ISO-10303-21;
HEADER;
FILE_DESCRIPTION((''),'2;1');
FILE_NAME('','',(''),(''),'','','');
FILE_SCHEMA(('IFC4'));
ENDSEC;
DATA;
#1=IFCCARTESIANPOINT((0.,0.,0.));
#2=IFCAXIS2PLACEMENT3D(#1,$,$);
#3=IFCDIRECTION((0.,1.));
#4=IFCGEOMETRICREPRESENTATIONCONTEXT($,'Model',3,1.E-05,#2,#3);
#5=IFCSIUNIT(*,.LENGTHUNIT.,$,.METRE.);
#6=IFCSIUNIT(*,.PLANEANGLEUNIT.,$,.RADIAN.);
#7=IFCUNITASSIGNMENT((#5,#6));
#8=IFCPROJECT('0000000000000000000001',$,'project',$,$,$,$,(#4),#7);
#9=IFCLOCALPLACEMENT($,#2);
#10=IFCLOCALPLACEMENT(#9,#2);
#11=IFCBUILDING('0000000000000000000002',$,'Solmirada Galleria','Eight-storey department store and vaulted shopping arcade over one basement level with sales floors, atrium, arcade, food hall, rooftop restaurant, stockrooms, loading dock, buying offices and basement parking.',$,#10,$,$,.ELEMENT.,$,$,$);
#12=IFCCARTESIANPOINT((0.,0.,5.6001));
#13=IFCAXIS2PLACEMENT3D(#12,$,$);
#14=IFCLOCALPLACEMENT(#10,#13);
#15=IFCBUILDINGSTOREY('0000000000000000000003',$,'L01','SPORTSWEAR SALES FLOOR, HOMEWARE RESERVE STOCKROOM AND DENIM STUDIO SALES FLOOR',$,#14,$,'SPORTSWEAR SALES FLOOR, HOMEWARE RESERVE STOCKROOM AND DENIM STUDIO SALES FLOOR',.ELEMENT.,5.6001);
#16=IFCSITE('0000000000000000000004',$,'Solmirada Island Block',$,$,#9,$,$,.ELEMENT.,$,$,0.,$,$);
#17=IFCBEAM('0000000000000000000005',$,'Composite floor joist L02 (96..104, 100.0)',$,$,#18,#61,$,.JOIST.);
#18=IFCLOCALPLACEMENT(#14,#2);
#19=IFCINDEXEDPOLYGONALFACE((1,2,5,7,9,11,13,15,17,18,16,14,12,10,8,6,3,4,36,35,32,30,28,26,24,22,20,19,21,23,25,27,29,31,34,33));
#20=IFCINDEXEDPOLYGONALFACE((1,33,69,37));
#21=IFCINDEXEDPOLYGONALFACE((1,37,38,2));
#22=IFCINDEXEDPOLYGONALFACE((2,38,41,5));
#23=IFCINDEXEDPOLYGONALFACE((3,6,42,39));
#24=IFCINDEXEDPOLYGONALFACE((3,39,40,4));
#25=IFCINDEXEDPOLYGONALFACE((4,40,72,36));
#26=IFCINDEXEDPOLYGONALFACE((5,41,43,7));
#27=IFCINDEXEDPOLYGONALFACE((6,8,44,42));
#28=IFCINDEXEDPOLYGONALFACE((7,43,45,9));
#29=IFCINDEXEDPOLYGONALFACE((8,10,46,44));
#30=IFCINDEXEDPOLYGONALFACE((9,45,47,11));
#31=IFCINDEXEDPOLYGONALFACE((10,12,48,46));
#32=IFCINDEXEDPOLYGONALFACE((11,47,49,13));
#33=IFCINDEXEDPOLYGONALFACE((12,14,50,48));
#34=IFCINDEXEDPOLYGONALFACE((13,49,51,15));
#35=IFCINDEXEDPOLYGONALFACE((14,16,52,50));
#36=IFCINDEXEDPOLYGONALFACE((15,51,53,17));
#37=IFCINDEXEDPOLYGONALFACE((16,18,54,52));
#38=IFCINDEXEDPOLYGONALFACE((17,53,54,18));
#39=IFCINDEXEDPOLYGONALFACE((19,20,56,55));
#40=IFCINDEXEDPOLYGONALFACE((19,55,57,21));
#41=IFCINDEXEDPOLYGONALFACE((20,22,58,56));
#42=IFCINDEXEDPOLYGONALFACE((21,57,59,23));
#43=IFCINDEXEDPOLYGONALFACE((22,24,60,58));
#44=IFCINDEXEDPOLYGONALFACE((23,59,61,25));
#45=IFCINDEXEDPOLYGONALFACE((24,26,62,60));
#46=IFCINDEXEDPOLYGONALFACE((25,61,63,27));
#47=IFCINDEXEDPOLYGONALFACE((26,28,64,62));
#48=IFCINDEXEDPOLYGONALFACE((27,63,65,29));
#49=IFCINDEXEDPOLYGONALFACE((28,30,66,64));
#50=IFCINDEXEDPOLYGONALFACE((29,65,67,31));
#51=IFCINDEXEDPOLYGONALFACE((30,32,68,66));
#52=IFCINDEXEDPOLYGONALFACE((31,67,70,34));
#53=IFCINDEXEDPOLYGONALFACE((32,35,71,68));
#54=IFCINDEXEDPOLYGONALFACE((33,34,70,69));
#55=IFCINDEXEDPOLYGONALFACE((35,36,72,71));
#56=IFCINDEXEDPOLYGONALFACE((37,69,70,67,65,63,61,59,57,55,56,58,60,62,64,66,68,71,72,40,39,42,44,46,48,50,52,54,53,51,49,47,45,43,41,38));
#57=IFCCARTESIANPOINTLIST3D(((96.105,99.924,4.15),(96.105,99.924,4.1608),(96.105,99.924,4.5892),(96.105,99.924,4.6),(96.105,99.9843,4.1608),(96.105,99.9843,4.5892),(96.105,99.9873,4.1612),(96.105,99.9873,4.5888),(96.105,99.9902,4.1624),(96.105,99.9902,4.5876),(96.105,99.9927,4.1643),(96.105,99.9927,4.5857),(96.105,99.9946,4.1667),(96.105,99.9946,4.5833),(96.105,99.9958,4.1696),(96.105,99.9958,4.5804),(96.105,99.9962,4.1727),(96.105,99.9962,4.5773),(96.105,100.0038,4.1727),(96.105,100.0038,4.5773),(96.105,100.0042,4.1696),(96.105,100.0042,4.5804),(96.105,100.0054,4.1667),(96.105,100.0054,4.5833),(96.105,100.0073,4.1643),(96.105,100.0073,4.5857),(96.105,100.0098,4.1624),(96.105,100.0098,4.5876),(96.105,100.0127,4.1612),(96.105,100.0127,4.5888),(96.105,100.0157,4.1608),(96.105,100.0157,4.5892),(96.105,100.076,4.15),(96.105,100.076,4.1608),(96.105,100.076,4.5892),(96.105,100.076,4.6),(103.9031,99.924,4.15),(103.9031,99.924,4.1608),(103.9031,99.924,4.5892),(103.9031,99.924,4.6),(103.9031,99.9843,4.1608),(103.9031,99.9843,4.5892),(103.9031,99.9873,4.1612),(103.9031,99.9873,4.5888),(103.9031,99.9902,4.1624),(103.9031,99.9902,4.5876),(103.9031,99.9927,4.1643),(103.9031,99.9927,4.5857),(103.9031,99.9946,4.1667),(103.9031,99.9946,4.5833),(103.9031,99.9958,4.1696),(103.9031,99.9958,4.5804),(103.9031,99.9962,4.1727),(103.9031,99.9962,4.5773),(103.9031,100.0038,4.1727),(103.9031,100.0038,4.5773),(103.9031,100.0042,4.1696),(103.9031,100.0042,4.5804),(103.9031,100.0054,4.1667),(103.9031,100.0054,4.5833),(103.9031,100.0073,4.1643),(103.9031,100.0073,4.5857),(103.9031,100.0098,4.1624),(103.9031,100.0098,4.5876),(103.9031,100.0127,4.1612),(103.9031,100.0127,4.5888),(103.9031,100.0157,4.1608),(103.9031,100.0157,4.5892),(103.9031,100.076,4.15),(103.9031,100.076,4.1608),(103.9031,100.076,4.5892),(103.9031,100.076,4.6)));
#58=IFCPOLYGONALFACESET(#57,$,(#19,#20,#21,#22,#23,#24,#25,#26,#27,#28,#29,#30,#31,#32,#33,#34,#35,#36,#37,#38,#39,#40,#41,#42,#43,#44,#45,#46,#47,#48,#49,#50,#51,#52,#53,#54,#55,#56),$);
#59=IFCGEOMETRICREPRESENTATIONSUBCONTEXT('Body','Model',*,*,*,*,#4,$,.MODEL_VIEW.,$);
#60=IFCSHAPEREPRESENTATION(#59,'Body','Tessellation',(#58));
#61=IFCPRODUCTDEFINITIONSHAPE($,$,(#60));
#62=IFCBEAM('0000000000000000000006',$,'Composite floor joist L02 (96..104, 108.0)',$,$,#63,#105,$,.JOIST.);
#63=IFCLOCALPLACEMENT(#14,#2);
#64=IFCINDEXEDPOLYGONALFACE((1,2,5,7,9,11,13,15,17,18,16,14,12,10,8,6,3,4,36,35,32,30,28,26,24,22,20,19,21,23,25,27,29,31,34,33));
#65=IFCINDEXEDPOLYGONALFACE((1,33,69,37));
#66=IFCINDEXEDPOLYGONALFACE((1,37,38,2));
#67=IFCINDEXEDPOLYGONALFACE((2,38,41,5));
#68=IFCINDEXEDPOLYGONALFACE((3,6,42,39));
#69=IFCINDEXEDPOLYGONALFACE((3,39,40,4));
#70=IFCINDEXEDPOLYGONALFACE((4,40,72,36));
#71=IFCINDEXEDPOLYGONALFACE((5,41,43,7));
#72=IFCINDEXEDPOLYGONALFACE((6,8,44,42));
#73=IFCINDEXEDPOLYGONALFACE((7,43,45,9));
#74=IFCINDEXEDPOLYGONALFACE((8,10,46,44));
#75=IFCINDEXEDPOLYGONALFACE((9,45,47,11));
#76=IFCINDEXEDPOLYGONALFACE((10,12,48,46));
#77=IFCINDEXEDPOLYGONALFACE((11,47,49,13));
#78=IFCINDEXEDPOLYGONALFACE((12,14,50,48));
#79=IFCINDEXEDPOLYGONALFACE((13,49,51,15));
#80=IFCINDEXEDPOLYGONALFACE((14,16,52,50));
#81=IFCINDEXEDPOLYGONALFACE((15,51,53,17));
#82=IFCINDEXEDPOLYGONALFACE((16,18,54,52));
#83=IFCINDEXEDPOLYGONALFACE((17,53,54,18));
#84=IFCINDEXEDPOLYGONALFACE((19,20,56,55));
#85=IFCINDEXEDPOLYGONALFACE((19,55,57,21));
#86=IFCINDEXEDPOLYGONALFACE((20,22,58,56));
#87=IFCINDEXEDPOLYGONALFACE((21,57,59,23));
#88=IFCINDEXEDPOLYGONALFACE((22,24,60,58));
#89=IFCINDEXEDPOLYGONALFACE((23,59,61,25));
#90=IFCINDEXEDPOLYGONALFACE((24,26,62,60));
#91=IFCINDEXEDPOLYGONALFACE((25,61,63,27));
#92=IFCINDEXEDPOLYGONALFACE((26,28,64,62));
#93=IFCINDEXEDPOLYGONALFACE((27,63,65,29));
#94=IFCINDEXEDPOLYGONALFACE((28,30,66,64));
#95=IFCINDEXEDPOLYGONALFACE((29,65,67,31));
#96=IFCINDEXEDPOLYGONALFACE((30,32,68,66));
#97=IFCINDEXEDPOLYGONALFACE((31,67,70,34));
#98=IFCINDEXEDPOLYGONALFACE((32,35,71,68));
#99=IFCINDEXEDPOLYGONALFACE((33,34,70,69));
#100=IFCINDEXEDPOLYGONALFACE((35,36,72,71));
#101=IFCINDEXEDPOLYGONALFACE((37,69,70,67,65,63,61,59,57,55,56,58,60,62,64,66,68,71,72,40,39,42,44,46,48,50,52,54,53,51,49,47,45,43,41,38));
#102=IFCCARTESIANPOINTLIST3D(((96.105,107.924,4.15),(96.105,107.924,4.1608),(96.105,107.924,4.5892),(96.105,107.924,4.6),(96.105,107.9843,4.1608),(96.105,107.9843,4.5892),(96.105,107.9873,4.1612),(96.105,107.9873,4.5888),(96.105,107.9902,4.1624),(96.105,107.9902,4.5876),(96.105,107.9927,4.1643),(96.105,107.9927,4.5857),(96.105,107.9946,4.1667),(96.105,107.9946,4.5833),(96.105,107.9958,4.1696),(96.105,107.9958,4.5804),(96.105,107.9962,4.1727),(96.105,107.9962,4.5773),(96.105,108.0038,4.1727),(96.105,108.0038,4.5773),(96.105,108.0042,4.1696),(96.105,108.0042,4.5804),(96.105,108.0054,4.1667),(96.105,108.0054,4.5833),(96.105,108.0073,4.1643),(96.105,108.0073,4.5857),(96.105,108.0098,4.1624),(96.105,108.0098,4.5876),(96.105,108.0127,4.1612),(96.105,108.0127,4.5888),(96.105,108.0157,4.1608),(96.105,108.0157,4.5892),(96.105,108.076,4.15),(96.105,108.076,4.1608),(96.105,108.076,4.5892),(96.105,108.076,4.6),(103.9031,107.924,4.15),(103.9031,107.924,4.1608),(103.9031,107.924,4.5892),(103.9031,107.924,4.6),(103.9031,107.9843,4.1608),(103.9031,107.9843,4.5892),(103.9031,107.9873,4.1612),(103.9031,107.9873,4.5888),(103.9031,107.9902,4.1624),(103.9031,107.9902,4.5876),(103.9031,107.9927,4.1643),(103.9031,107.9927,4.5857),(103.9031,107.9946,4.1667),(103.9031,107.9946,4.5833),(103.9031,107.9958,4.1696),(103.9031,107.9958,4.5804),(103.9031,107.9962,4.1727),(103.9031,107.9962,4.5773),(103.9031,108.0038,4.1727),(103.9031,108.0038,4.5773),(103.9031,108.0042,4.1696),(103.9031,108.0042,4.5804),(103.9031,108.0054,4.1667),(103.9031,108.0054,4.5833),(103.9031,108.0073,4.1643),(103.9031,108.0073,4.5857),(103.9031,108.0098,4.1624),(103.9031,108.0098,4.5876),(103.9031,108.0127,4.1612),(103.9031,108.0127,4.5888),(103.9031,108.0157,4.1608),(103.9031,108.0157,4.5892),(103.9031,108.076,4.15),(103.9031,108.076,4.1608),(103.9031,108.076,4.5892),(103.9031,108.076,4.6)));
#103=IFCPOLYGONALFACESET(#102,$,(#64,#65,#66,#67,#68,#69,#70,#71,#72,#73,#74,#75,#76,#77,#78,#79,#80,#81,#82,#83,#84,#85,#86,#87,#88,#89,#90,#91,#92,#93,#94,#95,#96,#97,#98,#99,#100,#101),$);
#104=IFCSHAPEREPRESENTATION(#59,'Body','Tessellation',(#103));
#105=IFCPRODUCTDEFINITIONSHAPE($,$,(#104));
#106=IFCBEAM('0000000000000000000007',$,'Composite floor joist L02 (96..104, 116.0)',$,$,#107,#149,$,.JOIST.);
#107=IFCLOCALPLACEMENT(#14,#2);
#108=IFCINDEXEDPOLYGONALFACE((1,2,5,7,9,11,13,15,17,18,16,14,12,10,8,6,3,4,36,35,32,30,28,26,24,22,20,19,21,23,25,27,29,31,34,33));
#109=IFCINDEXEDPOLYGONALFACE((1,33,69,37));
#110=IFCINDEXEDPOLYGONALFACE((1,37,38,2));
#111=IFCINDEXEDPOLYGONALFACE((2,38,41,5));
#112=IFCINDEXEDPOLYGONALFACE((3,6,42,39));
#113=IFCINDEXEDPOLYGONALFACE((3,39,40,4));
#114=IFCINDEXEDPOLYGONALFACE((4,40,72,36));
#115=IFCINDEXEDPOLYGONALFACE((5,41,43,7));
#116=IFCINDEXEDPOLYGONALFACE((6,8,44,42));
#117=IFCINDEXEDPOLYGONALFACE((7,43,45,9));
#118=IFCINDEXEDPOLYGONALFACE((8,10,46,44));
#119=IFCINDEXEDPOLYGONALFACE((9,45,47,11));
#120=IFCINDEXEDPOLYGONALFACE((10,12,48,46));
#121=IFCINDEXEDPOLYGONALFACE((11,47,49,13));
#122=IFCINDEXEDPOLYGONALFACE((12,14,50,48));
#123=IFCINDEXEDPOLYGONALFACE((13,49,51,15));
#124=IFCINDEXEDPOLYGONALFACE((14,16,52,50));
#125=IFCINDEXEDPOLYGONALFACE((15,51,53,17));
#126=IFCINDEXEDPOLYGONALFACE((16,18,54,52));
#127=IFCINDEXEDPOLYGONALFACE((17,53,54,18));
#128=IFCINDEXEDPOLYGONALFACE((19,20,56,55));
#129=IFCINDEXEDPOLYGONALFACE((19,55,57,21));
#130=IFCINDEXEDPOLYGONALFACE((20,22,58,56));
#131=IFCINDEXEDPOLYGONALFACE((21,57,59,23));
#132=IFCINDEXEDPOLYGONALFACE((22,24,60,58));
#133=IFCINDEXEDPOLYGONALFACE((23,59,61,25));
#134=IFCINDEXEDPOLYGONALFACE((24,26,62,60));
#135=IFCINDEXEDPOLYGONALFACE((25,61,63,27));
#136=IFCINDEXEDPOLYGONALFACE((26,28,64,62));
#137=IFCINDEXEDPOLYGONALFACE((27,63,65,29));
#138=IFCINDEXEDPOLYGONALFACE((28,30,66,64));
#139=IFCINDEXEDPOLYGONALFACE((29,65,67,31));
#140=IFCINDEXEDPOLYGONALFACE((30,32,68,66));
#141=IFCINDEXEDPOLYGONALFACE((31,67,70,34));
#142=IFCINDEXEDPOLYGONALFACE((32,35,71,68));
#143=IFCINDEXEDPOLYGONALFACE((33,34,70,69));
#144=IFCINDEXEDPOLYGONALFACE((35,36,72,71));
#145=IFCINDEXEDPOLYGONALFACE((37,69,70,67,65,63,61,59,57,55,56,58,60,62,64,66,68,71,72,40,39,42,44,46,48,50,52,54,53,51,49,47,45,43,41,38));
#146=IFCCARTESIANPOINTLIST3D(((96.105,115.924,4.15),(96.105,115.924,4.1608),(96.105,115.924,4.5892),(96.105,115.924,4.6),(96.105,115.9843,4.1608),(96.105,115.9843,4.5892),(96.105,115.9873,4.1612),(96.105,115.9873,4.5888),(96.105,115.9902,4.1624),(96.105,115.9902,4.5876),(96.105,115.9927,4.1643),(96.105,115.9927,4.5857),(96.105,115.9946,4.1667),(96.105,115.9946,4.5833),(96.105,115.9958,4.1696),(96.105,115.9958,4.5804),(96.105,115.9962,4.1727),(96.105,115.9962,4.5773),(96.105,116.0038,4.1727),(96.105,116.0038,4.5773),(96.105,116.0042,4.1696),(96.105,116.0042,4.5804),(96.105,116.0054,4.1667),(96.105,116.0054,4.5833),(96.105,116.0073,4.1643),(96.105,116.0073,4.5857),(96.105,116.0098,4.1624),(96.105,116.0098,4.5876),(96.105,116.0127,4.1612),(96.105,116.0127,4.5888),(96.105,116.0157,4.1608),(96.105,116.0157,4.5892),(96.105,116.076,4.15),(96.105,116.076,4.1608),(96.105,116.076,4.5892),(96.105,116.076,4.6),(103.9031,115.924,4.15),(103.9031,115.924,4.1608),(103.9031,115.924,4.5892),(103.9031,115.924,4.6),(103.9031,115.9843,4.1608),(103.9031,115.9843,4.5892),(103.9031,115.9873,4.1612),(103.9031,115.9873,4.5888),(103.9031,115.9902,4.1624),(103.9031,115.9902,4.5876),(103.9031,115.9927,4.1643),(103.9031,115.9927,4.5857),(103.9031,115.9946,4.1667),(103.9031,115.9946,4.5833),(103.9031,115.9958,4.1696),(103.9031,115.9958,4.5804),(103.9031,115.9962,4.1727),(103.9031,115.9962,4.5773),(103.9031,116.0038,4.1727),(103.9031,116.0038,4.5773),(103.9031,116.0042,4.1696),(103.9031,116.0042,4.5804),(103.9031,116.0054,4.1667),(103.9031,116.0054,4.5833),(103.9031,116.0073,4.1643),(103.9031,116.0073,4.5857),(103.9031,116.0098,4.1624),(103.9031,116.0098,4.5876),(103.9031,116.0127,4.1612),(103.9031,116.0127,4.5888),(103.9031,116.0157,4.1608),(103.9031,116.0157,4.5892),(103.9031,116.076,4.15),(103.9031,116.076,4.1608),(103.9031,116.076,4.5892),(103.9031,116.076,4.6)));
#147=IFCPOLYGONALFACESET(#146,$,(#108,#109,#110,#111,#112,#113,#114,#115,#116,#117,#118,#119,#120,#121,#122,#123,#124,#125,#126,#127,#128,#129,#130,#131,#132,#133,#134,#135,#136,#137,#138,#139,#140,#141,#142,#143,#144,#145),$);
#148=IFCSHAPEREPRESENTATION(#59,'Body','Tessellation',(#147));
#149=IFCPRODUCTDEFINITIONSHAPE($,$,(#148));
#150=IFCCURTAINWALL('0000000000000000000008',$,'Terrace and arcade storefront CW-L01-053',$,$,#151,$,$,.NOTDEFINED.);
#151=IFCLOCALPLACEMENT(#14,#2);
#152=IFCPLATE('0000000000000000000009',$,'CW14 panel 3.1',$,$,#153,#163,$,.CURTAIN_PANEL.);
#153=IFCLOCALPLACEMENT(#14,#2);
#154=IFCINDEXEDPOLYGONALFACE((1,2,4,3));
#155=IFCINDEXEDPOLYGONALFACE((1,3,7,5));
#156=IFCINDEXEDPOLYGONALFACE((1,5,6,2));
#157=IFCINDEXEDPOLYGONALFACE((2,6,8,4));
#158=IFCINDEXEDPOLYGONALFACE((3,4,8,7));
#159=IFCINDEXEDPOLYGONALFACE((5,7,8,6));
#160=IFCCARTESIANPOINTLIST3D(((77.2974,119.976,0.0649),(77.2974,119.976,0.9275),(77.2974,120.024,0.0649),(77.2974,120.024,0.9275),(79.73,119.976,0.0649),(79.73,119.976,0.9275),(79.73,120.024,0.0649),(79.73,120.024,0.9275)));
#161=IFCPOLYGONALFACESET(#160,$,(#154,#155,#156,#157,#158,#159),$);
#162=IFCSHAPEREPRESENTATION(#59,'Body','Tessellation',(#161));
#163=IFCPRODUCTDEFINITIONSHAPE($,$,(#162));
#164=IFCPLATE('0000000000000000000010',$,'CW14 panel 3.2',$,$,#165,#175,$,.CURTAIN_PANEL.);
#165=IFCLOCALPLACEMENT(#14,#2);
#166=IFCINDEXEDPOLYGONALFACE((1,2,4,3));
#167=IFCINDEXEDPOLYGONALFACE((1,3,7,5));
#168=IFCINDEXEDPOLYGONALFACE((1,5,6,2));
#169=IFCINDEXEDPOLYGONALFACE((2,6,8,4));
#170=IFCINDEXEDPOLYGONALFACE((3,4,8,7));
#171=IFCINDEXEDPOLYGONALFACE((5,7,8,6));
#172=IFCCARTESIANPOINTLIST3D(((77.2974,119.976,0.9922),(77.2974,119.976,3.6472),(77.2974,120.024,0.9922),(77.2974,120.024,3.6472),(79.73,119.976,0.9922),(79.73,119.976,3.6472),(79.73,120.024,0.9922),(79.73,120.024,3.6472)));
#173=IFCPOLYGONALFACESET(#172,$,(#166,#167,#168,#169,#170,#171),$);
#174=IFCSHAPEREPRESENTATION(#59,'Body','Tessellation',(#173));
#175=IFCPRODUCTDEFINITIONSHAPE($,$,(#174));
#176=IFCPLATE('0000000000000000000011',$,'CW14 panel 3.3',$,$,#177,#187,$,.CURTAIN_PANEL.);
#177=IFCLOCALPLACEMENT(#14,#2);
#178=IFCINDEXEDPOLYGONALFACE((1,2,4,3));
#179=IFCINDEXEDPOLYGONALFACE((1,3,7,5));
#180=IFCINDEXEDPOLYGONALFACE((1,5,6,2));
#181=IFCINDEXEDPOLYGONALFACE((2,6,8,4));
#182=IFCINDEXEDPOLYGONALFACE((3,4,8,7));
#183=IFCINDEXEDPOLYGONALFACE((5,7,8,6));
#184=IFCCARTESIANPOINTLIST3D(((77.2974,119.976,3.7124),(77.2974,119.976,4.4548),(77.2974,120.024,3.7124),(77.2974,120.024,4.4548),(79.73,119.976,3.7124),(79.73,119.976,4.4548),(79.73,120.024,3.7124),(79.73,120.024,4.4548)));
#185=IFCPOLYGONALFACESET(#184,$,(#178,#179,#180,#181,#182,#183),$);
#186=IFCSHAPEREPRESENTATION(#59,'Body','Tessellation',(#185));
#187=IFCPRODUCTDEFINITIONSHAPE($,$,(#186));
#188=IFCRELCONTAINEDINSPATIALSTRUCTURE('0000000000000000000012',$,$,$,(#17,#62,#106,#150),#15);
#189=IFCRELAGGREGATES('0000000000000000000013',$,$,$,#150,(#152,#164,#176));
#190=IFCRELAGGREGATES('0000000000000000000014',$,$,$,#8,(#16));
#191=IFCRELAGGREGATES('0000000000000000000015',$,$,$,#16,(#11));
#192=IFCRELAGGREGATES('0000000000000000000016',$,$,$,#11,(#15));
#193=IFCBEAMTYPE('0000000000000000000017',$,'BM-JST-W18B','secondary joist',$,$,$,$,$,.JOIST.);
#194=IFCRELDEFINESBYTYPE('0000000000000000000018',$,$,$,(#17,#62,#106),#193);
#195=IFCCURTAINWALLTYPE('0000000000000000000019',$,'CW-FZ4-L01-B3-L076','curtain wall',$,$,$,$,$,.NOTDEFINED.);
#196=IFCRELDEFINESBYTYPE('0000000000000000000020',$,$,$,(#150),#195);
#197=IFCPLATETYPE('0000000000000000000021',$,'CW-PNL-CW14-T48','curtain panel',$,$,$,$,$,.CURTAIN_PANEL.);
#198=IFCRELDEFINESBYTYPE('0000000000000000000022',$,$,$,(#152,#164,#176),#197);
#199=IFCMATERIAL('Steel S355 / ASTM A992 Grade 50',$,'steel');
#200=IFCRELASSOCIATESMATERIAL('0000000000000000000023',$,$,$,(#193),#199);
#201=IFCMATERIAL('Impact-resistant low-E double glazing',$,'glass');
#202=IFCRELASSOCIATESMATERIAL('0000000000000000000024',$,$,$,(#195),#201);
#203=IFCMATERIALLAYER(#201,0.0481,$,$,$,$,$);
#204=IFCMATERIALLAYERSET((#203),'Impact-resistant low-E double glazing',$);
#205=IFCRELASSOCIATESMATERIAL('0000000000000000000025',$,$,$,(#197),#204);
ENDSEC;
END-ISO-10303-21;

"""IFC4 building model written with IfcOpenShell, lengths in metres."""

from ifc_helpers import new_model, si_unit, direction, frame, origin, origin_2d, place, context, subcontext, project, spatial, rectangle, i_section, extrude, material, layer, layer_set, material_profile, profile_set, type_object, element, aggregate, save


model = new_model("IFC4")

# Units and contexts
model_context = context("Model", 3, precision=1e-05, world=origin(), true_north=direction((0.0, 1.0)))
body_context = subcontext(model_context, "Body", "Model", "MODEL_VIEW")
ifc_project = project(units=[si_unit("LENGTHUNIT", "METRE"), si_unit("PLANEANGLEUNIT", "RADIAN")], contexts=[model_context])

# Site, building, storey
site_placement = place(None, origin())
site = spatial("IfcSite", under=ifc_project, at=site_placement, Name="Solmirada Island Block", CompositionType="ELEMENT", RefElevation=0.0)
building_placement = place(site_placement, origin())
building = spatial("IfcBuilding", under=site, at=building_placement, Name="Solmirada Galleria", Description="Eight-storey department store and vaulted shopping arcade over one basement level with sales floors, atrium, arcade, food hall, rooftop restaurant, stockrooms, loading dock, buying offices and basement parking.", CompositionType="ELEMENT")
storey_placement = place(building_placement, frame((0.0, 0.0, 5.6001)))
storey = spatial("IfcBuildingStorey", under=building, at=storey_placement, Name="L01", Description="SPORTSWEAR SALES FLOOR, HOMEWARE RESERVE STOCKROOM AND DENIM STUDIO SALES FLOOR", LongName="SPORTSWEAR SALES FLOOR, HOMEWARE RESERVE STOCKROOM AND DENIM STUDIO SALES FLOOR", CompositionType="ELEMENT", Elevation=5.6001)

# Beams
ifc_material_1 = material(Name="Steel S355 / ASTM A992 Grade 50", Category="steel")
ifc_material_profile_1 = material_profile(ifc_material_1, i_section(OverallWidth=0.1521, OverallDepth=0.45, WebThickness=0.0076, FlangeThickness=0.0107, FilletRadius=0.012, at=origin_2d()), Name="W18X35")
ifc_profile_set_1 = profile_set([ifc_material_profile_1], Name="Steel S355 / ASTM A992 Grade 50")
beam_type_1 = type_object("IfcBeamType", Name="BM-JST-W18B", Description="secondary joist", PredefinedType="JOIST", material=ifc_profile_set_1)
for number, where, z_axis, x_axis, name in (
    (1, (96.105, 100.0, 4.375), (1.0, 0.0, 0.0), (0.0, 1.0, 0.0), "Composite floor joist L02 (96..104, 100.0)"),
    (2, (96.105, 108.0, 4.375), (1.0, 0.0, 0.0), (0.0, 1.0, 0.0), "Composite floor joist L02 (96..104, 108.0)"),
    (3, (96.105, 116.0, 4.375), (1.0, 0.0, 0.0), (0.0, 1.0, 0.0), "Composite floor joist L02 (96..104, 116.0)"),
):
    element("IfcBeam", number, at=place(storey_placement, frame(where, z_axis=z_axis, x_axis=x_axis)), inside=storey, type_object=beam_type_1, Name=name, PredefinedType="JOIST", context=body_context, shape_type="SweptSolid", body=[
        extrude(i_section(OverallWidth=0.1521, OverallDepth=0.45, WebThickness=0.0076, FlangeThickness=0.0107, FilletRadius=0.012, at=origin_2d()), origin(), (0.0, 0.0, 1.0), 7.7981),
    ])

# Curtain wall, plates
ifc_material_2 = material(Name="Impact-resistant low-E double glazing", Category="glass")
curtain_wall_type = type_object("IfcCurtainWallType", Name="CW-FZ4-L01-B3-L076", Description="curtain wall", PredefinedType="NOTDEFINED", material=ifc_material_2)
curtain_wall_placement = place(storey_placement, origin())
curtain_wall = element("IfcCurtainWall", 4, at=curtain_wall_placement, inside=storey, type_object=curtain_wall_type, Name="Terrace and arcade storefront CW-L01-053", PredefinedType="NOTDEFINED")
ifc_layer_1 = layer(ifc_material_2, 0.0481)
ifc_layer_set_1 = layer_set([ifc_layer_1], Name="Impact-resistant low-E double glazing")
plate_type = type_object("IfcPlateType", Name="CW-PNL-CW14-T48", Description="curtain panel", PredefinedType="CURTAIN_PANEL", material=ifc_layer_set_1)
plate_1_placement = place(storey_placement, frame((78.5137, 120.0, 0.0649), z_axis=(0.0, 0.0, 1.0), x_axis=(1.0, 0.0, 0.0)))
plate_1 = element("IfcPlate", 5, at=plate_1_placement, type_object=plate_type, Name="CW14 panel 3.1", PredefinedType="CURTAIN_PANEL", context=body_context, shape_type="SweptSolid", body=[
    extrude(rectangle(XDim=2.4326, YDim=0.0481, at=origin_2d()), origin(), (0.0, 0.0, 1.0), 0.8625),
])
plate_2_placement = place(storey_placement, frame((78.5137, 120.0, 0.9922), z_axis=(0.0, 0.0, 1.0), x_axis=(1.0, 0.0, 0.0)))
plate_2 = element("IfcPlate", 6, at=plate_2_placement, type_object=plate_type, Name="CW14 panel 3.2", PredefinedType="CURTAIN_PANEL", context=body_context, shape_type="SweptSolid", body=[
    extrude(rectangle(XDim=2.4326, YDim=0.0481, at=origin_2d()), origin(), (0.0, 0.0, 1.0), 2.655),
])
plate_3_placement = place(storey_placement, frame((78.5137, 120.0, 3.7124), z_axis=(0.0, 0.0, 1.0), x_axis=(1.0, 0.0, 0.0)))
plate_3 = element("IfcPlate", 7, at=plate_3_placement, type_object=plate_type, Name="CW14 panel 3.3", PredefinedType="CURTAIN_PANEL", context=body_context, shape_type="SweptSolid", body=[
    extrude(rectangle(XDim=2.4326, YDim=0.0481, at=origin_2d()), origin(), (0.0, 0.0, 1.0), 0.7424),
])
aggregate(curtain_wall, [plate_1, plate_2, plate_3])

save(model, "model.ifc")
